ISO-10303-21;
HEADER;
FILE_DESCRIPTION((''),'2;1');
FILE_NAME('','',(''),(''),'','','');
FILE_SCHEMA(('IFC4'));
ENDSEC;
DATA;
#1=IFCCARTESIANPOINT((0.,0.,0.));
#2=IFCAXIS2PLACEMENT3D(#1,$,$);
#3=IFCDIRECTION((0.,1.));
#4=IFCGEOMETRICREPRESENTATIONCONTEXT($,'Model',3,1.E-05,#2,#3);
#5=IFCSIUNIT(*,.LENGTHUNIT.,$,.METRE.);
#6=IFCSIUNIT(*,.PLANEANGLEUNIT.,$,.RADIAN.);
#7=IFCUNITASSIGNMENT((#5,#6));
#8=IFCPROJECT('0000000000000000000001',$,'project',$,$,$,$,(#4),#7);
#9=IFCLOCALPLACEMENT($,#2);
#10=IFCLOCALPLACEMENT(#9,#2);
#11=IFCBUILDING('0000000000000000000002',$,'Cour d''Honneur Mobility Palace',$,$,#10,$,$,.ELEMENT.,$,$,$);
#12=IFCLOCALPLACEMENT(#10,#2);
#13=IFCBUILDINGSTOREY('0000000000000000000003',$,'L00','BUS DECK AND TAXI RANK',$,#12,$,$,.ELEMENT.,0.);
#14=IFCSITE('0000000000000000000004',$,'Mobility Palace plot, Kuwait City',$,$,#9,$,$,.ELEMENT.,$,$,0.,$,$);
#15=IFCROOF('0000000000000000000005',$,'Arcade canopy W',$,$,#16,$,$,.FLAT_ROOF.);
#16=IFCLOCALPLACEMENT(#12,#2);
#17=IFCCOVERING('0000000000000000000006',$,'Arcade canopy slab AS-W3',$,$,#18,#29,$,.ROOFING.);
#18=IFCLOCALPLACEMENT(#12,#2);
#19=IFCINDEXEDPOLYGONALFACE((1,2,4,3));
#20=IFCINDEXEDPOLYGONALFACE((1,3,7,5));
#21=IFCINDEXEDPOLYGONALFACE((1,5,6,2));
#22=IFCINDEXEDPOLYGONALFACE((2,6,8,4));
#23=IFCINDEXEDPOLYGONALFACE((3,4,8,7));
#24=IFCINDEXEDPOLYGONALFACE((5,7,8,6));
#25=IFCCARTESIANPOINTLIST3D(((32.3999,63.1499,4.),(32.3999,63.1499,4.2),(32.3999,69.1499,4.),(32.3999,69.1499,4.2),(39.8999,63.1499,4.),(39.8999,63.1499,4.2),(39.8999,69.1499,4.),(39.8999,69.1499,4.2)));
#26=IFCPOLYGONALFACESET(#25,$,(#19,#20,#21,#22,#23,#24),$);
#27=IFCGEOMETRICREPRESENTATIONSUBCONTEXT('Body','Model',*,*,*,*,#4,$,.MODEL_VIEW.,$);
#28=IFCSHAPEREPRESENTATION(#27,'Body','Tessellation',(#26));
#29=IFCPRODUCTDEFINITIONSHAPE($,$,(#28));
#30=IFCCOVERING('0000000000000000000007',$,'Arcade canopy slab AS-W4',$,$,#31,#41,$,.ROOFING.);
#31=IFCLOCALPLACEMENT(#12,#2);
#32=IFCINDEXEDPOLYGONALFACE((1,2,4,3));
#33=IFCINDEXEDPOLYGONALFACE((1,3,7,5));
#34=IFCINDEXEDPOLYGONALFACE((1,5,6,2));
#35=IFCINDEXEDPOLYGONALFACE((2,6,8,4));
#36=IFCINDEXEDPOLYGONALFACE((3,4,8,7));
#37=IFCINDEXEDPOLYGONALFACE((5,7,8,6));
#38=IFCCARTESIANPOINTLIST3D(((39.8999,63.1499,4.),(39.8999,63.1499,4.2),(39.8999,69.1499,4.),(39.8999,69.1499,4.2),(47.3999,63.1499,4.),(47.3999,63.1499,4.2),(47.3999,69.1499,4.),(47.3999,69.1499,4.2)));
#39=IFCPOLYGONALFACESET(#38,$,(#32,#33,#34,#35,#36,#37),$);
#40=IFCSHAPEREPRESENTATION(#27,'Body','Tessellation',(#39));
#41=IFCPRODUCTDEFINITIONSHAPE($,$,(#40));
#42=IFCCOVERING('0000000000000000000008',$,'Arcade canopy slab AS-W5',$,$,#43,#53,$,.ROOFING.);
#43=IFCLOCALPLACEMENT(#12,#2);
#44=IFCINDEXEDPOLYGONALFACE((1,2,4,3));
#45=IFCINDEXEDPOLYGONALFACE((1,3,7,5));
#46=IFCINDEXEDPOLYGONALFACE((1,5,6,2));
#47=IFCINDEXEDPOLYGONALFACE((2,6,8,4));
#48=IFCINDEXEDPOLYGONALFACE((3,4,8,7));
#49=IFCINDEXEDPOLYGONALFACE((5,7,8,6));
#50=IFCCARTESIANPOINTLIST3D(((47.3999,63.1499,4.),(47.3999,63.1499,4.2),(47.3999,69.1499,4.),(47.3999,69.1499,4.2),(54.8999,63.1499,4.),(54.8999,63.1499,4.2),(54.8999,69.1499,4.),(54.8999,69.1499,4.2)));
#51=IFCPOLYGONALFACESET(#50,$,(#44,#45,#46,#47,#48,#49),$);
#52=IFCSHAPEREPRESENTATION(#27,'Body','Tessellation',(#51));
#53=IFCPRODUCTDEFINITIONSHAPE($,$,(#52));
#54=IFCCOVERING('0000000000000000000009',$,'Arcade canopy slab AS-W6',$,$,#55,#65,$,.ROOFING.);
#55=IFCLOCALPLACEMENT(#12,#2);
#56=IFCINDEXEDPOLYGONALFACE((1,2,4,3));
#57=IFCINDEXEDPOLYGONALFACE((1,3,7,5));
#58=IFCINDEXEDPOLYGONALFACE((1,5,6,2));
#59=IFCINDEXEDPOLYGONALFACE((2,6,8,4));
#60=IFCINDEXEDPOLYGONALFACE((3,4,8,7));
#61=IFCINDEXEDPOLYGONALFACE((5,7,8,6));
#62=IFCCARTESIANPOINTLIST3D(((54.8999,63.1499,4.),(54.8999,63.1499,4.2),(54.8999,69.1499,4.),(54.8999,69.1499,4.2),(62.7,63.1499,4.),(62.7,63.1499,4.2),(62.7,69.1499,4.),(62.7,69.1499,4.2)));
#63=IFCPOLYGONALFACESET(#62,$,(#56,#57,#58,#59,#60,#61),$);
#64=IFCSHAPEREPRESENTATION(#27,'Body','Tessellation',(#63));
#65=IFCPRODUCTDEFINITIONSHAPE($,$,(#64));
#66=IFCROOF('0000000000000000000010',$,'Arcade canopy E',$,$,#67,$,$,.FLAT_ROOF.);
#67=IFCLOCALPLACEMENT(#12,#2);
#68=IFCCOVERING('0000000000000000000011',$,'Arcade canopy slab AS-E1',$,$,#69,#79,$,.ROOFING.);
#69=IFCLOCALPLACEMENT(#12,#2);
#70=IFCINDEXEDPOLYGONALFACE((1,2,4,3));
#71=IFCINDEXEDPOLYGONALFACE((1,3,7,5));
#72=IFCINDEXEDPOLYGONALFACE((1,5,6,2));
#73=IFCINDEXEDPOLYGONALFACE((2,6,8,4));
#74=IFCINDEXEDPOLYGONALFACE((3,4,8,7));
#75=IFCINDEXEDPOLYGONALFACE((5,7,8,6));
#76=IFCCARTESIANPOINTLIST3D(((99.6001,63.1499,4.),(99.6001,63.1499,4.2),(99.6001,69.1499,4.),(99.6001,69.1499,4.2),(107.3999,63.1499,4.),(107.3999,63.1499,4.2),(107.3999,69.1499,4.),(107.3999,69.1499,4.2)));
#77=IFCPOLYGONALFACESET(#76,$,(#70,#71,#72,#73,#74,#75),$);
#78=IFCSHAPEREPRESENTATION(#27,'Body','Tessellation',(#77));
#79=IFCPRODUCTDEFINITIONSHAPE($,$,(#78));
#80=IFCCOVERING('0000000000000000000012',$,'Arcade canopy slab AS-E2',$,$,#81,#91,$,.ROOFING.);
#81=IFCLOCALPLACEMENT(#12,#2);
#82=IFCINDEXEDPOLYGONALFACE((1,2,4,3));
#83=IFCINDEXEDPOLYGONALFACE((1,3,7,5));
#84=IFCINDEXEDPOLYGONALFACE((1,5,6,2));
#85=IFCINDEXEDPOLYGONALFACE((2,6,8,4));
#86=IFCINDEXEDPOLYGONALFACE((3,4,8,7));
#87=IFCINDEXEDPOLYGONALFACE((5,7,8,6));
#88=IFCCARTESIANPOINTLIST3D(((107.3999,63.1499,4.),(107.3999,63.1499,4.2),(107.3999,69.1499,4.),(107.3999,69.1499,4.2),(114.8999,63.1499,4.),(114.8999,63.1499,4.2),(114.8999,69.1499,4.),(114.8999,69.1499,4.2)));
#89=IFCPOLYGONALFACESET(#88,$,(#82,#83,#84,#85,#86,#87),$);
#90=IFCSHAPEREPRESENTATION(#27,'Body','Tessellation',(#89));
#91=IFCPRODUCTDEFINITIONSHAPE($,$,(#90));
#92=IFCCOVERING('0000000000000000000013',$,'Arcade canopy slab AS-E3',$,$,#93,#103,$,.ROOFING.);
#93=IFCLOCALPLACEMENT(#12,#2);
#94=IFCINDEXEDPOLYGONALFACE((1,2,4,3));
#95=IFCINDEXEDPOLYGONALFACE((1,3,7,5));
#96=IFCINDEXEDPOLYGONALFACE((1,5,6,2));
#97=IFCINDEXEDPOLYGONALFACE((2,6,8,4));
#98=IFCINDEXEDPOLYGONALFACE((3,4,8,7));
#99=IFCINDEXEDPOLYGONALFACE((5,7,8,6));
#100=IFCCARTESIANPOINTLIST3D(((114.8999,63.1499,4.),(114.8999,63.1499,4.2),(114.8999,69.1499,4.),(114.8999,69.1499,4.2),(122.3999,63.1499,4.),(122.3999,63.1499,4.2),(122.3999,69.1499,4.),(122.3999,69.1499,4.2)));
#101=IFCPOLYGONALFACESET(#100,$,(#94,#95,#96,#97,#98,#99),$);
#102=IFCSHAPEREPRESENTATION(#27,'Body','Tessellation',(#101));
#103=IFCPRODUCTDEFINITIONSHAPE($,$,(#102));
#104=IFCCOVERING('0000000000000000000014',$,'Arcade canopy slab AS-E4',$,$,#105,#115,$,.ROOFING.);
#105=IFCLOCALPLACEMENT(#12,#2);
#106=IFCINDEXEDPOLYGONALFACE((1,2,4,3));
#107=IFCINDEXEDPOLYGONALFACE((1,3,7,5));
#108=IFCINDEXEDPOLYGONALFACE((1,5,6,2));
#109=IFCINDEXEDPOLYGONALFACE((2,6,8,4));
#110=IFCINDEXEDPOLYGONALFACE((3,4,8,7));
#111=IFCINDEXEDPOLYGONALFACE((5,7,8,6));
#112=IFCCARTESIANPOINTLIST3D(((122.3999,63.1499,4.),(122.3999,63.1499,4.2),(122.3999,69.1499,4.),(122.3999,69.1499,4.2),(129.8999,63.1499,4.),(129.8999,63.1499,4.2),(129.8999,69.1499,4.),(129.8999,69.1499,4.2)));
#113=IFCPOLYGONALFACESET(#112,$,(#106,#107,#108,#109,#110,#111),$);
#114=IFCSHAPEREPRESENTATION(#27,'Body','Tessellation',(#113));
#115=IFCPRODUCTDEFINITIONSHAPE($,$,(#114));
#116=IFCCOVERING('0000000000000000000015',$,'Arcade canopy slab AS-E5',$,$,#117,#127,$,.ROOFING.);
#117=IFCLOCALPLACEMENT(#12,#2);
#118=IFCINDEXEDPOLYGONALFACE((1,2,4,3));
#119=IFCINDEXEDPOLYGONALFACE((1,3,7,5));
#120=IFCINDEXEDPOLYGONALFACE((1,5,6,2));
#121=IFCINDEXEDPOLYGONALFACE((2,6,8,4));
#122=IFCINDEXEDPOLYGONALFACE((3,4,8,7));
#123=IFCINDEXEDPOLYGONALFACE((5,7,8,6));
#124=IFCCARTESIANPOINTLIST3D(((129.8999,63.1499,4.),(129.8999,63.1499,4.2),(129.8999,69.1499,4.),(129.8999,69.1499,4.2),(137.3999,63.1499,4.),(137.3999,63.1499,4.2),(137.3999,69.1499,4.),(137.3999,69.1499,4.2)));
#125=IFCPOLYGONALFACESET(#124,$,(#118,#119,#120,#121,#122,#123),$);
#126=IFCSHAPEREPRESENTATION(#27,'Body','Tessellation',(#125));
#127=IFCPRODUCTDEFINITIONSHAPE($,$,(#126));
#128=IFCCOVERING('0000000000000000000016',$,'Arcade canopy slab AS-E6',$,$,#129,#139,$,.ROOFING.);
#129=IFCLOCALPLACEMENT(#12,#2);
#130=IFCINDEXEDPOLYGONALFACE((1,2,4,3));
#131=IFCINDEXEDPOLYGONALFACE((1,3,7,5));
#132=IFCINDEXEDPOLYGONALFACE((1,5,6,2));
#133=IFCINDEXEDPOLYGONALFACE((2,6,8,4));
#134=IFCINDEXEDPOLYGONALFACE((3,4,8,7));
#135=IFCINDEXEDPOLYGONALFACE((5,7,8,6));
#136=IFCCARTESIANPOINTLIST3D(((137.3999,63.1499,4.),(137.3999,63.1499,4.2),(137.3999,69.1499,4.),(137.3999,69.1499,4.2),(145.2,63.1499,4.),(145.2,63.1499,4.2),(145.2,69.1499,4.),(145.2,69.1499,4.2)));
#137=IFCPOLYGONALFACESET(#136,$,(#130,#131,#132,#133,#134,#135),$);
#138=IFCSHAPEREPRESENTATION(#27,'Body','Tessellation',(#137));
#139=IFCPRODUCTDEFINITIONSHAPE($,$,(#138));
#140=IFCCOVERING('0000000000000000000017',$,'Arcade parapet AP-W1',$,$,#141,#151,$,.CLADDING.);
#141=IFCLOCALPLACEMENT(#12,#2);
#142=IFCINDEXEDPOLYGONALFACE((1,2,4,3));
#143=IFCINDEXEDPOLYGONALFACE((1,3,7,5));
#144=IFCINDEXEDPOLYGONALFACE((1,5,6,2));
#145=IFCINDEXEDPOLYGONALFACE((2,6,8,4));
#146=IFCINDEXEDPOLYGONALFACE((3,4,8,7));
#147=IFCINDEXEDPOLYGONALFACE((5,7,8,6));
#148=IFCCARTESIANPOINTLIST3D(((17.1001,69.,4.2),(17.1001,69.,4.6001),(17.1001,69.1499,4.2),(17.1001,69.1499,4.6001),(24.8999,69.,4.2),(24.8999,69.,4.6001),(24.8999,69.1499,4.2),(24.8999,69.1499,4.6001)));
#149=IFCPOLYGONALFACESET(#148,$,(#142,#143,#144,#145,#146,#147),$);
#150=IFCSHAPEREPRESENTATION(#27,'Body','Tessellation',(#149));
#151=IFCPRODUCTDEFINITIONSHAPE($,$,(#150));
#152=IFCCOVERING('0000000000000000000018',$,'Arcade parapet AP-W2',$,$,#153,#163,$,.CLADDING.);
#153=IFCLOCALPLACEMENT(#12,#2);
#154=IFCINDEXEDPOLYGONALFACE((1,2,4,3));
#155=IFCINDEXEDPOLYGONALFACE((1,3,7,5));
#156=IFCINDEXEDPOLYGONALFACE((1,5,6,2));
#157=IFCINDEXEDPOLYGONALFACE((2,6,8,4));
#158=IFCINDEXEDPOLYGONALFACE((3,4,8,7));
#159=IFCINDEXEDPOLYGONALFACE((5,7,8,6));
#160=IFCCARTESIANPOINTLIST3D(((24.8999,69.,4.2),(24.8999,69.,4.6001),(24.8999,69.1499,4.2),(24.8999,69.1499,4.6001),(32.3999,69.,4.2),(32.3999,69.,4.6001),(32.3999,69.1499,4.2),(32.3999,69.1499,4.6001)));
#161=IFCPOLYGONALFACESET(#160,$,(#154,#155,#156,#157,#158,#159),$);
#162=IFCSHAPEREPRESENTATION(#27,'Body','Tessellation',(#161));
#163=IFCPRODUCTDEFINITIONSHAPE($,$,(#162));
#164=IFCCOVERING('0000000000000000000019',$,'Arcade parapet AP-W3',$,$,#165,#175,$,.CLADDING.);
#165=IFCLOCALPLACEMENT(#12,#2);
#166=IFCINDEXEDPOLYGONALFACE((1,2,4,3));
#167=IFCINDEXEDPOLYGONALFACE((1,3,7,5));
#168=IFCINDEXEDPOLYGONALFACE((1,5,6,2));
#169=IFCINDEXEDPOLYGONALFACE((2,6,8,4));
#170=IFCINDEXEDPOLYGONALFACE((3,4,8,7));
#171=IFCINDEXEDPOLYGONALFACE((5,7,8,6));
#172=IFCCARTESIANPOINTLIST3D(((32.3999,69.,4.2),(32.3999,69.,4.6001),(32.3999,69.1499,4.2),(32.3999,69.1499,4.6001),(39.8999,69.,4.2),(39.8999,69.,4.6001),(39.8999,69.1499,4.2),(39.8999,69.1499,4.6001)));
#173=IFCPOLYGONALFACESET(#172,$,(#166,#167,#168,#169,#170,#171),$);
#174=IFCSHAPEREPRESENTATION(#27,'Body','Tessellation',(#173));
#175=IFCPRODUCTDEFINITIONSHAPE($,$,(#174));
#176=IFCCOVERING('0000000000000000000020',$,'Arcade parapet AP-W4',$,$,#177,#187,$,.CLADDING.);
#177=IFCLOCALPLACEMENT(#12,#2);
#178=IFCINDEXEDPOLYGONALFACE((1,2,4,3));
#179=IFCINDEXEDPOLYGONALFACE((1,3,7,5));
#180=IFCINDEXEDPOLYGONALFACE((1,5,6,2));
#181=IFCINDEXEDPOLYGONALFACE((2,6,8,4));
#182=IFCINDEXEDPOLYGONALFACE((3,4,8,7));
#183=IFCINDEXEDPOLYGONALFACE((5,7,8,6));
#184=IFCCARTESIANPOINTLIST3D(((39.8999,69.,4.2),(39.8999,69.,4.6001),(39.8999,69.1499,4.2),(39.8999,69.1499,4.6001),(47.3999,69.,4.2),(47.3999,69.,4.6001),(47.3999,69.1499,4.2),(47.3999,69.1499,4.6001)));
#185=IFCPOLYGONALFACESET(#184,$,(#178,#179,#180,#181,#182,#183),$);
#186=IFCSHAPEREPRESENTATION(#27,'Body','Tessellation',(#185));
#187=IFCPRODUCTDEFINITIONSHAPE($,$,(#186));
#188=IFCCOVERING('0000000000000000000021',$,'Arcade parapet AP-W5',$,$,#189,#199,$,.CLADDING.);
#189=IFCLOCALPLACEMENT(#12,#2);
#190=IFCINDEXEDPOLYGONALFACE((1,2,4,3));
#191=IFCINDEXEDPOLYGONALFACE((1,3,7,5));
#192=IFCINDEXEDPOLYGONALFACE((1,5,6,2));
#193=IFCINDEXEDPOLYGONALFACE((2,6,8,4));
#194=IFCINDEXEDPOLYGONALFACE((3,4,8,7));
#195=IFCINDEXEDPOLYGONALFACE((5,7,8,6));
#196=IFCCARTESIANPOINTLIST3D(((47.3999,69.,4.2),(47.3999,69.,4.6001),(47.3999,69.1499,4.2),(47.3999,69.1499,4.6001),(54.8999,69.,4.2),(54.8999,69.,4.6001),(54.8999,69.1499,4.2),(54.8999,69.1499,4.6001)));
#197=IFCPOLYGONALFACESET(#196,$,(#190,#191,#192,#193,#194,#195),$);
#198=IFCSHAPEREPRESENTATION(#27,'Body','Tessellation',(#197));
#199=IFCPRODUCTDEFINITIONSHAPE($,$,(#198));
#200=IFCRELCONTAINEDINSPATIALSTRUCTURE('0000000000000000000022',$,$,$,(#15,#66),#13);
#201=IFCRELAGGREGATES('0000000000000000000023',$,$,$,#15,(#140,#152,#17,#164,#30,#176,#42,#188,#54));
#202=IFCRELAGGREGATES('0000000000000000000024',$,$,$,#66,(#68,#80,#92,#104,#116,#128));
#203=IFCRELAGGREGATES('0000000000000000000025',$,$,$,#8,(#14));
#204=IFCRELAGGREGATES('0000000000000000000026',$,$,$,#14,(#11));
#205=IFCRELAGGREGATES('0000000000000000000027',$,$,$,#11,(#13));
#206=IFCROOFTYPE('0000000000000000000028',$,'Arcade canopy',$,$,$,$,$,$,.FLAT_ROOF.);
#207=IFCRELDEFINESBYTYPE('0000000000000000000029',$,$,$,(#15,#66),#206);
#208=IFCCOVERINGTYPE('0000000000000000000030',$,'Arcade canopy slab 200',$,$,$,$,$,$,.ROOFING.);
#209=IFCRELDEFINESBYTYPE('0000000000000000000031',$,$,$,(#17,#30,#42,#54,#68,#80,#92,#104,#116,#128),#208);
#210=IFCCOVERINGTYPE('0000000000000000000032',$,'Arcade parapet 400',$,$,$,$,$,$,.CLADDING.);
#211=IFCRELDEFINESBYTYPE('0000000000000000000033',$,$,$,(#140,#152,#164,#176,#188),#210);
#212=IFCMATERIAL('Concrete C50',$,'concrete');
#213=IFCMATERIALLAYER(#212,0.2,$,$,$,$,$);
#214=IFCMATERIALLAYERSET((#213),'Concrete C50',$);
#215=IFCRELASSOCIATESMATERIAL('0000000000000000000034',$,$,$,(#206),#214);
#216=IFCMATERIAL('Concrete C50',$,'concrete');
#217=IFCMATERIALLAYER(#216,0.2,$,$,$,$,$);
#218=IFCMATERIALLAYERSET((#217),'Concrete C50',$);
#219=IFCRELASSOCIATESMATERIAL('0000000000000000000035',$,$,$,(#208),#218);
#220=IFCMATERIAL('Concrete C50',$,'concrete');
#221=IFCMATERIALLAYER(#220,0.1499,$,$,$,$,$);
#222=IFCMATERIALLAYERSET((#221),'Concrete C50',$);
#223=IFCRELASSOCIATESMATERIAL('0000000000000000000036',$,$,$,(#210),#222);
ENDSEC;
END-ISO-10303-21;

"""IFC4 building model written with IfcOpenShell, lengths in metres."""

from ifc_helpers import new_model, si_unit, direction, frame, origin, place, context, subcontext, project, spatial, polyline, outline, extrude, material, layer, layer_set, type_object, element, aggregate, save


model = new_model("IFC4")

# Units and contexts
model_context = context("Model", 3, precision=1e-05, world=origin(), true_north=direction((0.0, 1.0)))
body_context = subcontext(model_context, "Body", "Model", "MODEL_VIEW")
ifc_project = project(units=[si_unit("LENGTHUNIT", "METRE"), si_unit("PLANEANGLEUNIT", "RADIAN")], contexts=[model_context])

# Site, building, storey
site_placement = place(None, origin())
site = spatial("IfcSite", under=ifc_project, at=site_placement, Name="Mobility Palace plot, Kuwait City", CompositionType="ELEMENT", RefElevation=0.0)
building_placement = place(site_placement, origin())
building = spatial("IfcBuilding", under=site, at=building_placement, Name="Cour d'Honneur Mobility Palace", CompositionType="ELEMENT")
storey_placement = place(building_placement, origin())
storey = spatial("IfcBuildingStorey", under=building, at=storey_placement, Name="L00", Description="BUS DECK AND TAXI RANK", CompositionType="ELEMENT", Elevation=0.0)

# Roofs, coverings
ifc_material_1 = material(Name="Concrete C50", Category="concrete")
ifc_layer_1 = layer(ifc_material_1, 0.2)
ifc_layer_set_1 = layer_set([ifc_layer_1], Name="Concrete C50")
roof_type = type_object("IfcRoofType", Name="Arcade canopy", PredefinedType="FLAT_ROOF", material=ifc_layer_set_1)
roof_1_placement = place(storey_placement, origin())
roof_1 = element("IfcRoof", 1, at=roof_1_placement, inside=storey, type_object=roof_type, Name="Arcade canopy W", PredefinedType="FLAT_ROOF")
ifc_material_2 = material(Name="Concrete C50", Category="concrete")
ifc_layer_2 = layer(ifc_material_2, 0.2)
ifc_layer_set_2 = layer_set([ifc_layer_2], Name="Concrete C50")
covering_type_1 = type_object("IfcCoveringType", Name="Arcade canopy slab 200", PredefinedType="ROOFING", material=ifc_layer_set_2)
covering_1_placement = place(storey_placement, frame((0.0, 0.0, 4.0)))
covering_1 = element("IfcCovering", 2, at=covering_1_placement, type_object=covering_type_1, Name="Arcade canopy slab AS-W3", PredefinedType="ROOFING", context=body_context, shape_type="SweptSolid", body=[
    extrude(outline(polyline([(32.3999, 63.1499), (39.8999, 63.1499), (39.8999, 69.1499), (32.3999, 69.1499), (32.3999, 63.1499)])), origin(), (0.0, 0.0, 1.0), 0.2),
])
covering_2_placement = place(storey_placement, frame((0.0, 0.0, 4.0)))
covering_2 = element("IfcCovering", 3, at=covering_2_placement, type_object=covering_type_1, Name="Arcade canopy slab AS-W4", PredefinedType="ROOFING", context=body_context, shape_type="SweptSolid", body=[
    extrude(outline(polyline([(39.8999, 63.1499), (47.3999, 63.1499), (47.3999, 69.1499), (39.8999, 69.1499), (39.8999, 63.1499)])), origin(), (0.0, 0.0, 1.0), 0.2),
])
covering_3_placement = place(storey_placement, frame((0.0, 0.0, 4.0)))
covering_3 = element("IfcCovering", 4, at=covering_3_placement, type_object=covering_type_1, Name="Arcade canopy slab AS-W5", PredefinedType="ROOFING", context=body_context, shape_type="SweptSolid", body=[
    extrude(outline(polyline([(47.3999, 63.1499), (54.8999, 63.1499), (54.8999, 69.1499), (47.3999, 69.1499), (47.3999, 63.1499)])), origin(), (0.0, 0.0, 1.0), 0.2),
])
covering_4_placement = place(storey_placement, frame((0.0, 0.0, 4.0)))
covering_4 = element("IfcCovering", 5, at=covering_4_placement, type_object=covering_type_1, Name="Arcade canopy slab AS-W6", PredefinedType="ROOFING", context=body_context, shape_type="SweptSolid", body=[
    extrude(outline(polyline([(54.8999, 63.1499), (62.7, 63.1499), (62.7, 69.1499), (54.8999, 69.1499), (54.8999, 63.1499)])), origin(), (0.0, 0.0, 1.0), 0.2),
])
roof_2_placement = place(storey_placement, origin())
roof_2 = element("IfcRoof", 6, at=roof_2_placement, inside=storey, type_object=roof_type, Name="Arcade canopy E", PredefinedType="FLAT_ROOF")
covering_5_placement = place(storey_placement, frame((0.0, 0.0, 4.0)))
covering_5 = element("IfcCovering", 7, at=covering_5_placement, type_object=covering_type_1, Name="Arcade canopy slab AS-E1", PredefinedType="ROOFING", context=body_context, shape_type="SweptSolid", body=[
    extrude(outline(polyline([(99.6001, 63.1499), (107.3999, 63.1499), (107.3999, 69.1499), (99.6001, 69.1499), (99.6001, 63.1499)])), origin(), (0.0, 0.0, 1.0), 0.2),
])
covering_6_placement = place(storey_placement, frame((0.0, 0.0, 4.0)))
covering_6 = element("IfcCovering", 8, at=covering_6_placement, type_object=covering_type_1, Name="Arcade canopy slab AS-E2", PredefinedType="ROOFING", context=body_context, shape_type="SweptSolid", body=[
    extrude(outline(polyline([(107.3999, 63.1499), (114.8999, 63.1499), (114.8999, 69.1499), (107.3999, 69.1499), (107.3999, 63.1499)])), origin(), (0.0, 0.0, 1.0), 0.2),
])
covering_7_placement = place(storey_placement, frame((0.0, 0.0, 4.0)))
covering_7 = element("IfcCovering", 9, at=covering_7_placement, type_object=covering_type_1, Name="Arcade canopy slab AS-E3", PredefinedType="ROOFING", context=body_context, shape_type="SweptSolid", body=[
    extrude(outline(polyline([(114.8999, 63.1499), (122.3999, 63.1499), (122.3999, 69.1499), (114.8999, 69.1499), (114.8999, 63.1499)])), origin(), (0.0, 0.0, 1.0), 0.2),
])
covering_8_placement = place(storey_placement, frame((0.0, 0.0, 4.0)))
covering_8 = element("IfcCovering", 10, at=covering_8_placement, type_object=covering_type_1, Name="Arcade canopy slab AS-E4", PredefinedType="ROOFING", context=body_context, shape_type="SweptSolid", body=[
    extrude(outline(polyline([(122.3999, 63.1499), (129.8999, 63.1499), (129.8999, 69.1499), (122.3999, 69.1499), (122.3999, 63.1499)])), origin(), (0.0, 0.0, 1.0), 0.2),
])
covering_9_placement = place(storey_placement, frame((0.0, 0.0, 4.0)))
covering_9 = element("IfcCovering", 11, at=covering_9_placement, type_object=covering_type_1, Name="Arcade canopy slab AS-E5", PredefinedType="ROOFING", context=body_context, shape_type="SweptSolid", body=[
    extrude(outline(polyline([(129.8999, 63.1499), (137.3999, 63.1499), (137.3999, 69.1499), (129.8999, 69.1499), (129.8999, 63.1499)])), origin(), (0.0, 0.0, 1.0), 0.2),
])
covering_10_placement = place(storey_placement, frame((0.0, 0.0, 4.0)))
covering_10 = element("IfcCovering", 12, at=covering_10_placement, type_object=covering_type_1, Name="Arcade canopy slab AS-E6", PredefinedType="ROOFING", context=body_context, shape_type="SweptSolid", body=[
    extrude(outline(polyline([(137.3999, 63.1499), (145.2, 63.1499), (145.2, 69.1499), (137.3999, 69.1499), (137.3999, 63.1499)])), origin(), (0.0, 0.0, 1.0), 0.2),
])

# Coverings
ifc_material_3 = material(Name="Concrete C50", Category="concrete")
ifc_layer_3 = layer(ifc_material_3, 0.1499)
ifc_layer_set_3 = layer_set([ifc_layer_3], Name="Concrete C50")
covering_type_2 = type_object("IfcCoveringType", Name="Arcade parapet 400", PredefinedType="CLADDING", material=ifc_layer_set_3)
covering_11_placement = place(storey_placement, frame((0.0, 0.0, 4.2)))
covering_11 = element("IfcCovering", 13, at=covering_11_placement, type_object=covering_type_2, Name="Arcade parapet AP-W1", PredefinedType="CLADDING", context=body_context, shape_type="SweptSolid", body=[
    extrude(outline(polyline([(17.1001, 69.0), (24.8999, 69.0), (24.8999, 69.1499), (17.1001, 69.1499), (17.1001, 69.0)])), origin(), (0.0, 0.0, 1.0), 0.4001),
])
covering_12_placement = place(storey_placement, frame((0.0, 0.0, 4.2)))
covering_12 = element("IfcCovering", 14, at=covering_12_placement, type_object=covering_type_2, Name="Arcade parapet AP-W2", PredefinedType="CLADDING", context=body_context, shape_type="SweptSolid", body=[
    extrude(outline(polyline([(24.8999, 69.0), (32.3999, 69.0), (32.3999, 69.1499), (24.8999, 69.1499), (24.8999, 69.0)])), origin(), (0.0, 0.0, 1.0), 0.4001),
])
covering_13_placement = place(storey_placement, frame((0.0, 0.0, 4.2)))
covering_13 = element("IfcCovering", 15, at=covering_13_placement, type_object=covering_type_2, Name="Arcade parapet AP-W3", PredefinedType="CLADDING", context=body_context, shape_type="SweptSolid", body=[
    extrude(outline(polyline([(32.3999, 69.0), (39.8999, 69.0), (39.8999, 69.1499), (32.3999, 69.1499), (32.3999, 69.0)])), origin(), (0.0, 0.0, 1.0), 0.4001),
])
covering_14_placement = place(storey_placement, frame((0.0, 0.0, 4.2)))
covering_14 = element("IfcCovering", 16, at=covering_14_placement, type_object=covering_type_2, Name="Arcade parapet AP-W4", PredefinedType="CLADDING", context=body_context, shape_type="SweptSolid", body=[
    extrude(outline(polyline([(39.8999, 69.0), (47.3999, 69.0), (47.3999, 69.1499), (39.8999, 69.1499), (39.8999, 69.0)])), origin(), (0.0, 0.0, 1.0), 0.4001),
])
covering_15_placement = place(storey_placement, frame((0.0, 0.0, 4.2)))
covering_15 = element("IfcCovering", 17, at=covering_15_placement, type_object=covering_type_2, Name="Arcade parapet AP-W5", PredefinedType="CLADDING", context=body_context, shape_type="SweptSolid", body=[
    extrude(outline(polyline([(47.3999, 69.0), (54.8999, 69.0), (54.8999, 69.1499), (47.3999, 69.1499), (47.3999, 69.0)])), origin(), (0.0, 0.0, 1.0), 0.4001),
])
aggregate(roof_1, [covering_11, covering_12, covering_1, covering_13, covering_2, covering_14, covering_3, covering_15, covering_4])
aggregate(roof_2, [covering_5, covering_6, covering_7, covering_8, covering_9, covering_10])

save(model, "model.ifc")
